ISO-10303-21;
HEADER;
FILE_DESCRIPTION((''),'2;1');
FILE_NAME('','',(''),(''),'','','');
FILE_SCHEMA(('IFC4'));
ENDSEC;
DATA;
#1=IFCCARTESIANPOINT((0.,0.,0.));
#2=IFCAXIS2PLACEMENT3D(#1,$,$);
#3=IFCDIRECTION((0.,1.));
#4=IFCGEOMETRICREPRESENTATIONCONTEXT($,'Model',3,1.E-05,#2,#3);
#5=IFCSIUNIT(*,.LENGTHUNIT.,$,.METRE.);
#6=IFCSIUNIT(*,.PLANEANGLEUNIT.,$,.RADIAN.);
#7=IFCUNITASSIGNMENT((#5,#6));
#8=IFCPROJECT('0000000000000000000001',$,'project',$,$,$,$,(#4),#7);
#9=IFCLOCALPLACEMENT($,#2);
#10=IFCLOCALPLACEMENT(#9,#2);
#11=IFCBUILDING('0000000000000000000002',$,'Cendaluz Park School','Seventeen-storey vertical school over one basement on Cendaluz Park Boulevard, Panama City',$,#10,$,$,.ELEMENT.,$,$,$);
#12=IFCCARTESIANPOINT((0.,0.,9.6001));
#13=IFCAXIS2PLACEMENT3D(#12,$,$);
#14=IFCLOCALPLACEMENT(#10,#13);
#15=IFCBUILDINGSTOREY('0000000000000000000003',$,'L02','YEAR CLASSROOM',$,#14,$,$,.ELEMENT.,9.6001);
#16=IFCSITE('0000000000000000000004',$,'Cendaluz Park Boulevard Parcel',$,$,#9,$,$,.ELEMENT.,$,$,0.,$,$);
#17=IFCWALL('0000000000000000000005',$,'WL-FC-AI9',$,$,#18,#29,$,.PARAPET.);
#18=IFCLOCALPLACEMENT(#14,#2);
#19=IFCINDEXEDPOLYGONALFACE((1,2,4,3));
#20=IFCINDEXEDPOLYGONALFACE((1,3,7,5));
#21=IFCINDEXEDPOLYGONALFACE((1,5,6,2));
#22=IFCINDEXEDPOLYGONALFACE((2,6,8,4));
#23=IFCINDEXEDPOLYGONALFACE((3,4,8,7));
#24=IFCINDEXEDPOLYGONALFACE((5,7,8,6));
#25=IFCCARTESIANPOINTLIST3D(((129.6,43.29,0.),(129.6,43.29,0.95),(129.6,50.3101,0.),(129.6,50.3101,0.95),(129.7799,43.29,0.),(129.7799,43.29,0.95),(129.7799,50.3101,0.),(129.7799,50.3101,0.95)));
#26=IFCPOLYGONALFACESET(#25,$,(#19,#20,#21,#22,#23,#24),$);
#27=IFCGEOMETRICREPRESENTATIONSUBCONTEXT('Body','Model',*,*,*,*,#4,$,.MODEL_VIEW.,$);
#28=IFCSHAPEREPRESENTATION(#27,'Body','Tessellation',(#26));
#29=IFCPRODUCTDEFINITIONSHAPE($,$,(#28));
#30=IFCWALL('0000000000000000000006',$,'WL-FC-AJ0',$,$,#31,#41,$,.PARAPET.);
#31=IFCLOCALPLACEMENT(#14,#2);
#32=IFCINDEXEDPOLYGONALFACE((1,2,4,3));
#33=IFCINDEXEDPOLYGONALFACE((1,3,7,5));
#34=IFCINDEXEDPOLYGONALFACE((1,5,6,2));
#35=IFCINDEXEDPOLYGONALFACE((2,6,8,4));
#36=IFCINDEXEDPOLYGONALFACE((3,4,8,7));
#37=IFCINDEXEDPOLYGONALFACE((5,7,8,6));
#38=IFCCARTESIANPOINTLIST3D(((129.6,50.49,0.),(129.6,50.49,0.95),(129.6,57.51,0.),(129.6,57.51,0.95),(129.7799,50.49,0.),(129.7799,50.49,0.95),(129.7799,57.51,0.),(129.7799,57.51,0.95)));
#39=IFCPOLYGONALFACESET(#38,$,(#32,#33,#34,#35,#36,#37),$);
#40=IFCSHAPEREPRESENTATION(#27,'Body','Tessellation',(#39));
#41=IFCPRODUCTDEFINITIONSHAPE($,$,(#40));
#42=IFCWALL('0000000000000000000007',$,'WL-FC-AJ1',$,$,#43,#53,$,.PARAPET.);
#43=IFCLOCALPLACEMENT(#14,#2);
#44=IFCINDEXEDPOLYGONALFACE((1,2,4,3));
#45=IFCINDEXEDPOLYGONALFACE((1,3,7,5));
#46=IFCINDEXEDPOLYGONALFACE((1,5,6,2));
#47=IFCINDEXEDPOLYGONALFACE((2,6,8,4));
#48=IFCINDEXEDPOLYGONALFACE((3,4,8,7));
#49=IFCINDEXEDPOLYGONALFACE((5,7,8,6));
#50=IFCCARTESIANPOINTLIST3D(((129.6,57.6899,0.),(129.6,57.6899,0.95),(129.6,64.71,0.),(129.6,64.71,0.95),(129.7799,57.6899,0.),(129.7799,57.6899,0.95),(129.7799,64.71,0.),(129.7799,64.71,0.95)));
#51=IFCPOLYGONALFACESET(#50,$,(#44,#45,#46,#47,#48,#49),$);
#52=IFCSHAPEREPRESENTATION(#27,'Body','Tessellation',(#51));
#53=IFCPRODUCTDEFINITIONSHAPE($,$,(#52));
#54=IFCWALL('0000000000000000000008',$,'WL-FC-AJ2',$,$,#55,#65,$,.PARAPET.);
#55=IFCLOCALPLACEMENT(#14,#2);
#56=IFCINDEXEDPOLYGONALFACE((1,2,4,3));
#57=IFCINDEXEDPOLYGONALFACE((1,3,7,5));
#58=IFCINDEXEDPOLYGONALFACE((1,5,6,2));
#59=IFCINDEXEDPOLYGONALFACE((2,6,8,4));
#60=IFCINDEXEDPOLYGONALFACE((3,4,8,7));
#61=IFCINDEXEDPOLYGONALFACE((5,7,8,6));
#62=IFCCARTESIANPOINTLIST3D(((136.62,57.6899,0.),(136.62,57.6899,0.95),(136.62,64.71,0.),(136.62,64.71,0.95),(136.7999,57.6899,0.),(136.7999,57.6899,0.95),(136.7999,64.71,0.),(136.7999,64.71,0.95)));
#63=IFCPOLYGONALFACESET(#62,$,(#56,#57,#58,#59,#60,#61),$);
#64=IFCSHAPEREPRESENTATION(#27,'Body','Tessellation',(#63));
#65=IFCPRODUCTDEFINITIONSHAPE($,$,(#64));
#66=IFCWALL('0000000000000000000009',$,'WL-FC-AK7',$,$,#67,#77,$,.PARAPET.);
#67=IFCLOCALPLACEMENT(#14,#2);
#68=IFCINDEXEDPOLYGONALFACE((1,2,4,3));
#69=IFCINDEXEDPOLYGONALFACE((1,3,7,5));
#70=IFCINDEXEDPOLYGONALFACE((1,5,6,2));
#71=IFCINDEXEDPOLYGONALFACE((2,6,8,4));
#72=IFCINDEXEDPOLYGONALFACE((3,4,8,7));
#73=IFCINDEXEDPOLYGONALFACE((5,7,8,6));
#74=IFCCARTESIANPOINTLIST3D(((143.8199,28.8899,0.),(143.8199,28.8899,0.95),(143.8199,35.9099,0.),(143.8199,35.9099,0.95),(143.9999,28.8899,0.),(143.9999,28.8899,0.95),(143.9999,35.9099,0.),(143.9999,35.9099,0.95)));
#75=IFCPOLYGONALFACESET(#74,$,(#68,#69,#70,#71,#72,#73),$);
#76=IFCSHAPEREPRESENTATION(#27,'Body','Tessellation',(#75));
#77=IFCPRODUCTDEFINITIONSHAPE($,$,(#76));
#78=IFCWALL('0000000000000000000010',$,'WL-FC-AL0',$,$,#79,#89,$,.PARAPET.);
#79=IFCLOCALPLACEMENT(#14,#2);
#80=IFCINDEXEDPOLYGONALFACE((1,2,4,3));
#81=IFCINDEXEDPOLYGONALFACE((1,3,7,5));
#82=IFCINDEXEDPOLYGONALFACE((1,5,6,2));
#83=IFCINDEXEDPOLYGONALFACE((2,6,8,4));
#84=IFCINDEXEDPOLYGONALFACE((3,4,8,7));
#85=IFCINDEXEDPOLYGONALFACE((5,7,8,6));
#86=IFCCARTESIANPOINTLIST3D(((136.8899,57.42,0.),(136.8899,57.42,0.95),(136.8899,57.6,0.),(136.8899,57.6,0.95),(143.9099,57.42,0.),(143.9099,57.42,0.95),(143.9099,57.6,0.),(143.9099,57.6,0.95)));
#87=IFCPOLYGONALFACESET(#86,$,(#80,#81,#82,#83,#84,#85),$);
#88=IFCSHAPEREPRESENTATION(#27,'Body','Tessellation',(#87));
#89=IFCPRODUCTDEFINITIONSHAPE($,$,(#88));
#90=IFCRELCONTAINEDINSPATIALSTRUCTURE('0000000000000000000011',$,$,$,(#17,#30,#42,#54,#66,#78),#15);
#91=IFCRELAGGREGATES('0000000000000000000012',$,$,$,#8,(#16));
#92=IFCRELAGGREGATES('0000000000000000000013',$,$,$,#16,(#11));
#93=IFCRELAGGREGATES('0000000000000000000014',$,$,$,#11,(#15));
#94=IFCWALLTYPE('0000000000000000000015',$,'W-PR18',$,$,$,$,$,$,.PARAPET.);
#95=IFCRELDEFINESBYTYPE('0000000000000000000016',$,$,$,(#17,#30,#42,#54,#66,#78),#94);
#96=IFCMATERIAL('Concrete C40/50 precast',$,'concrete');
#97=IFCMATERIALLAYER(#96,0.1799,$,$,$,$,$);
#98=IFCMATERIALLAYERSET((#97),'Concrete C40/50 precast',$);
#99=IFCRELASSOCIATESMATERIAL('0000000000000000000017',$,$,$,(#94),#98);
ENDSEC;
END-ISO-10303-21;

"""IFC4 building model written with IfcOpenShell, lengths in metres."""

from ifc_helpers import new_model, si_unit, direction, frame, frame_2d, origin, place, context, subcontext, project, spatial, rectangle, extrude, material, layer, layer_set, type_object, element, save


model = new_model("IFC4")

# Units and contexts
model_context = context("Model", 3, precision=1e-05, world=origin(), true_north=direction((0.0, 1.0)))
body_context = subcontext(model_context, "Body", "Model", "MODEL_VIEW")
ifc_project = project(units=[si_unit("LENGTHUNIT", "METRE"), si_unit("PLANEANGLEUNIT", "RADIAN")], contexts=[model_context])

# Site, building, storey
site_placement = place(None, origin())
site = spatial("IfcSite", under=ifc_project, at=site_placement, Name="Cendaluz Park Boulevard Parcel", CompositionType="ELEMENT", RefElevation=0.0)
building_placement = place(site_placement, origin())
building = spatial("IfcBuilding", under=site, at=building_placement, Name="Cendaluz Park School", Description="Seventeen-storey vertical school over one basement on Cendaluz Park Boulevard, Panama City", CompositionType="ELEMENT")
storey_placement = place(building_placement, frame((0.0, 0.0, 9.6001)))
storey = spatial("IfcBuildingStorey", under=building, at=storey_placement, Name="L02", Description="YEAR CLASSROOM", CompositionType="ELEMENT", Elevation=9.6001)

# Walls
ifc_material_1 = material(Name="Concrete C40/50 precast", Category="concrete")
ifc_layer_1 = layer(ifc_material_1, 0.1799)
ifc_layer_set_1 = layer_set([ifc_layer_1], Name="Concrete C40/50 precast")
wall_type = type_object("IfcWallType", Name="W-PR18", PredefinedType="PARAPET", material=ifc_layer_set_1)
for number, where, z_axis, x_axis, name in (
    (1, (129.6899, 43.29, 0.0), (0.0, 0.0, 1.0), (0.0, 1.0, 0.0), "WL-FC-AI9"),
    (2, (129.6899, 50.49, 0.0), (0.0, 0.0, 1.0), (0.0, 1.0, 0.0), "WL-FC-AJ0"),
    (3, (129.6899, 57.6899, 0.0), (0.0, 0.0, 1.0), (0.0, 1.0, 0.0), "WL-FC-AJ1"),
    (4, (136.71, 57.6899, 0.0), (0.0, 0.0, 1.0), (0.0, 1.0, 0.0), "WL-FC-AJ2"),
    (5, (143.9099, 28.8899, 0.0), (0.0, 0.0, 1.0), (0.0, 1.0, 0.0), "WL-FC-AK7"),
    (6, (136.8899, 57.51, 0.0), (0.0, 0.0, 1.0), (1.0, 0.0, 0.0), "WL-FC-AL0"),
):
    element("IfcWall", number, at=place(storey_placement, frame(where, z_axis=z_axis, x_axis=x_axis)), inside=storey, type_object=wall_type, Name=name, PredefinedType="PARAPET", context=body_context, shape_type="SweptSolid", body=[
        extrude(rectangle(XDim=7.02, YDim=0.1799, at=frame_2d((3.51, 0.0))), origin(), (0.0, 0.0, 1.0), 0.95),
    ])

save(model, "model.ifc")
